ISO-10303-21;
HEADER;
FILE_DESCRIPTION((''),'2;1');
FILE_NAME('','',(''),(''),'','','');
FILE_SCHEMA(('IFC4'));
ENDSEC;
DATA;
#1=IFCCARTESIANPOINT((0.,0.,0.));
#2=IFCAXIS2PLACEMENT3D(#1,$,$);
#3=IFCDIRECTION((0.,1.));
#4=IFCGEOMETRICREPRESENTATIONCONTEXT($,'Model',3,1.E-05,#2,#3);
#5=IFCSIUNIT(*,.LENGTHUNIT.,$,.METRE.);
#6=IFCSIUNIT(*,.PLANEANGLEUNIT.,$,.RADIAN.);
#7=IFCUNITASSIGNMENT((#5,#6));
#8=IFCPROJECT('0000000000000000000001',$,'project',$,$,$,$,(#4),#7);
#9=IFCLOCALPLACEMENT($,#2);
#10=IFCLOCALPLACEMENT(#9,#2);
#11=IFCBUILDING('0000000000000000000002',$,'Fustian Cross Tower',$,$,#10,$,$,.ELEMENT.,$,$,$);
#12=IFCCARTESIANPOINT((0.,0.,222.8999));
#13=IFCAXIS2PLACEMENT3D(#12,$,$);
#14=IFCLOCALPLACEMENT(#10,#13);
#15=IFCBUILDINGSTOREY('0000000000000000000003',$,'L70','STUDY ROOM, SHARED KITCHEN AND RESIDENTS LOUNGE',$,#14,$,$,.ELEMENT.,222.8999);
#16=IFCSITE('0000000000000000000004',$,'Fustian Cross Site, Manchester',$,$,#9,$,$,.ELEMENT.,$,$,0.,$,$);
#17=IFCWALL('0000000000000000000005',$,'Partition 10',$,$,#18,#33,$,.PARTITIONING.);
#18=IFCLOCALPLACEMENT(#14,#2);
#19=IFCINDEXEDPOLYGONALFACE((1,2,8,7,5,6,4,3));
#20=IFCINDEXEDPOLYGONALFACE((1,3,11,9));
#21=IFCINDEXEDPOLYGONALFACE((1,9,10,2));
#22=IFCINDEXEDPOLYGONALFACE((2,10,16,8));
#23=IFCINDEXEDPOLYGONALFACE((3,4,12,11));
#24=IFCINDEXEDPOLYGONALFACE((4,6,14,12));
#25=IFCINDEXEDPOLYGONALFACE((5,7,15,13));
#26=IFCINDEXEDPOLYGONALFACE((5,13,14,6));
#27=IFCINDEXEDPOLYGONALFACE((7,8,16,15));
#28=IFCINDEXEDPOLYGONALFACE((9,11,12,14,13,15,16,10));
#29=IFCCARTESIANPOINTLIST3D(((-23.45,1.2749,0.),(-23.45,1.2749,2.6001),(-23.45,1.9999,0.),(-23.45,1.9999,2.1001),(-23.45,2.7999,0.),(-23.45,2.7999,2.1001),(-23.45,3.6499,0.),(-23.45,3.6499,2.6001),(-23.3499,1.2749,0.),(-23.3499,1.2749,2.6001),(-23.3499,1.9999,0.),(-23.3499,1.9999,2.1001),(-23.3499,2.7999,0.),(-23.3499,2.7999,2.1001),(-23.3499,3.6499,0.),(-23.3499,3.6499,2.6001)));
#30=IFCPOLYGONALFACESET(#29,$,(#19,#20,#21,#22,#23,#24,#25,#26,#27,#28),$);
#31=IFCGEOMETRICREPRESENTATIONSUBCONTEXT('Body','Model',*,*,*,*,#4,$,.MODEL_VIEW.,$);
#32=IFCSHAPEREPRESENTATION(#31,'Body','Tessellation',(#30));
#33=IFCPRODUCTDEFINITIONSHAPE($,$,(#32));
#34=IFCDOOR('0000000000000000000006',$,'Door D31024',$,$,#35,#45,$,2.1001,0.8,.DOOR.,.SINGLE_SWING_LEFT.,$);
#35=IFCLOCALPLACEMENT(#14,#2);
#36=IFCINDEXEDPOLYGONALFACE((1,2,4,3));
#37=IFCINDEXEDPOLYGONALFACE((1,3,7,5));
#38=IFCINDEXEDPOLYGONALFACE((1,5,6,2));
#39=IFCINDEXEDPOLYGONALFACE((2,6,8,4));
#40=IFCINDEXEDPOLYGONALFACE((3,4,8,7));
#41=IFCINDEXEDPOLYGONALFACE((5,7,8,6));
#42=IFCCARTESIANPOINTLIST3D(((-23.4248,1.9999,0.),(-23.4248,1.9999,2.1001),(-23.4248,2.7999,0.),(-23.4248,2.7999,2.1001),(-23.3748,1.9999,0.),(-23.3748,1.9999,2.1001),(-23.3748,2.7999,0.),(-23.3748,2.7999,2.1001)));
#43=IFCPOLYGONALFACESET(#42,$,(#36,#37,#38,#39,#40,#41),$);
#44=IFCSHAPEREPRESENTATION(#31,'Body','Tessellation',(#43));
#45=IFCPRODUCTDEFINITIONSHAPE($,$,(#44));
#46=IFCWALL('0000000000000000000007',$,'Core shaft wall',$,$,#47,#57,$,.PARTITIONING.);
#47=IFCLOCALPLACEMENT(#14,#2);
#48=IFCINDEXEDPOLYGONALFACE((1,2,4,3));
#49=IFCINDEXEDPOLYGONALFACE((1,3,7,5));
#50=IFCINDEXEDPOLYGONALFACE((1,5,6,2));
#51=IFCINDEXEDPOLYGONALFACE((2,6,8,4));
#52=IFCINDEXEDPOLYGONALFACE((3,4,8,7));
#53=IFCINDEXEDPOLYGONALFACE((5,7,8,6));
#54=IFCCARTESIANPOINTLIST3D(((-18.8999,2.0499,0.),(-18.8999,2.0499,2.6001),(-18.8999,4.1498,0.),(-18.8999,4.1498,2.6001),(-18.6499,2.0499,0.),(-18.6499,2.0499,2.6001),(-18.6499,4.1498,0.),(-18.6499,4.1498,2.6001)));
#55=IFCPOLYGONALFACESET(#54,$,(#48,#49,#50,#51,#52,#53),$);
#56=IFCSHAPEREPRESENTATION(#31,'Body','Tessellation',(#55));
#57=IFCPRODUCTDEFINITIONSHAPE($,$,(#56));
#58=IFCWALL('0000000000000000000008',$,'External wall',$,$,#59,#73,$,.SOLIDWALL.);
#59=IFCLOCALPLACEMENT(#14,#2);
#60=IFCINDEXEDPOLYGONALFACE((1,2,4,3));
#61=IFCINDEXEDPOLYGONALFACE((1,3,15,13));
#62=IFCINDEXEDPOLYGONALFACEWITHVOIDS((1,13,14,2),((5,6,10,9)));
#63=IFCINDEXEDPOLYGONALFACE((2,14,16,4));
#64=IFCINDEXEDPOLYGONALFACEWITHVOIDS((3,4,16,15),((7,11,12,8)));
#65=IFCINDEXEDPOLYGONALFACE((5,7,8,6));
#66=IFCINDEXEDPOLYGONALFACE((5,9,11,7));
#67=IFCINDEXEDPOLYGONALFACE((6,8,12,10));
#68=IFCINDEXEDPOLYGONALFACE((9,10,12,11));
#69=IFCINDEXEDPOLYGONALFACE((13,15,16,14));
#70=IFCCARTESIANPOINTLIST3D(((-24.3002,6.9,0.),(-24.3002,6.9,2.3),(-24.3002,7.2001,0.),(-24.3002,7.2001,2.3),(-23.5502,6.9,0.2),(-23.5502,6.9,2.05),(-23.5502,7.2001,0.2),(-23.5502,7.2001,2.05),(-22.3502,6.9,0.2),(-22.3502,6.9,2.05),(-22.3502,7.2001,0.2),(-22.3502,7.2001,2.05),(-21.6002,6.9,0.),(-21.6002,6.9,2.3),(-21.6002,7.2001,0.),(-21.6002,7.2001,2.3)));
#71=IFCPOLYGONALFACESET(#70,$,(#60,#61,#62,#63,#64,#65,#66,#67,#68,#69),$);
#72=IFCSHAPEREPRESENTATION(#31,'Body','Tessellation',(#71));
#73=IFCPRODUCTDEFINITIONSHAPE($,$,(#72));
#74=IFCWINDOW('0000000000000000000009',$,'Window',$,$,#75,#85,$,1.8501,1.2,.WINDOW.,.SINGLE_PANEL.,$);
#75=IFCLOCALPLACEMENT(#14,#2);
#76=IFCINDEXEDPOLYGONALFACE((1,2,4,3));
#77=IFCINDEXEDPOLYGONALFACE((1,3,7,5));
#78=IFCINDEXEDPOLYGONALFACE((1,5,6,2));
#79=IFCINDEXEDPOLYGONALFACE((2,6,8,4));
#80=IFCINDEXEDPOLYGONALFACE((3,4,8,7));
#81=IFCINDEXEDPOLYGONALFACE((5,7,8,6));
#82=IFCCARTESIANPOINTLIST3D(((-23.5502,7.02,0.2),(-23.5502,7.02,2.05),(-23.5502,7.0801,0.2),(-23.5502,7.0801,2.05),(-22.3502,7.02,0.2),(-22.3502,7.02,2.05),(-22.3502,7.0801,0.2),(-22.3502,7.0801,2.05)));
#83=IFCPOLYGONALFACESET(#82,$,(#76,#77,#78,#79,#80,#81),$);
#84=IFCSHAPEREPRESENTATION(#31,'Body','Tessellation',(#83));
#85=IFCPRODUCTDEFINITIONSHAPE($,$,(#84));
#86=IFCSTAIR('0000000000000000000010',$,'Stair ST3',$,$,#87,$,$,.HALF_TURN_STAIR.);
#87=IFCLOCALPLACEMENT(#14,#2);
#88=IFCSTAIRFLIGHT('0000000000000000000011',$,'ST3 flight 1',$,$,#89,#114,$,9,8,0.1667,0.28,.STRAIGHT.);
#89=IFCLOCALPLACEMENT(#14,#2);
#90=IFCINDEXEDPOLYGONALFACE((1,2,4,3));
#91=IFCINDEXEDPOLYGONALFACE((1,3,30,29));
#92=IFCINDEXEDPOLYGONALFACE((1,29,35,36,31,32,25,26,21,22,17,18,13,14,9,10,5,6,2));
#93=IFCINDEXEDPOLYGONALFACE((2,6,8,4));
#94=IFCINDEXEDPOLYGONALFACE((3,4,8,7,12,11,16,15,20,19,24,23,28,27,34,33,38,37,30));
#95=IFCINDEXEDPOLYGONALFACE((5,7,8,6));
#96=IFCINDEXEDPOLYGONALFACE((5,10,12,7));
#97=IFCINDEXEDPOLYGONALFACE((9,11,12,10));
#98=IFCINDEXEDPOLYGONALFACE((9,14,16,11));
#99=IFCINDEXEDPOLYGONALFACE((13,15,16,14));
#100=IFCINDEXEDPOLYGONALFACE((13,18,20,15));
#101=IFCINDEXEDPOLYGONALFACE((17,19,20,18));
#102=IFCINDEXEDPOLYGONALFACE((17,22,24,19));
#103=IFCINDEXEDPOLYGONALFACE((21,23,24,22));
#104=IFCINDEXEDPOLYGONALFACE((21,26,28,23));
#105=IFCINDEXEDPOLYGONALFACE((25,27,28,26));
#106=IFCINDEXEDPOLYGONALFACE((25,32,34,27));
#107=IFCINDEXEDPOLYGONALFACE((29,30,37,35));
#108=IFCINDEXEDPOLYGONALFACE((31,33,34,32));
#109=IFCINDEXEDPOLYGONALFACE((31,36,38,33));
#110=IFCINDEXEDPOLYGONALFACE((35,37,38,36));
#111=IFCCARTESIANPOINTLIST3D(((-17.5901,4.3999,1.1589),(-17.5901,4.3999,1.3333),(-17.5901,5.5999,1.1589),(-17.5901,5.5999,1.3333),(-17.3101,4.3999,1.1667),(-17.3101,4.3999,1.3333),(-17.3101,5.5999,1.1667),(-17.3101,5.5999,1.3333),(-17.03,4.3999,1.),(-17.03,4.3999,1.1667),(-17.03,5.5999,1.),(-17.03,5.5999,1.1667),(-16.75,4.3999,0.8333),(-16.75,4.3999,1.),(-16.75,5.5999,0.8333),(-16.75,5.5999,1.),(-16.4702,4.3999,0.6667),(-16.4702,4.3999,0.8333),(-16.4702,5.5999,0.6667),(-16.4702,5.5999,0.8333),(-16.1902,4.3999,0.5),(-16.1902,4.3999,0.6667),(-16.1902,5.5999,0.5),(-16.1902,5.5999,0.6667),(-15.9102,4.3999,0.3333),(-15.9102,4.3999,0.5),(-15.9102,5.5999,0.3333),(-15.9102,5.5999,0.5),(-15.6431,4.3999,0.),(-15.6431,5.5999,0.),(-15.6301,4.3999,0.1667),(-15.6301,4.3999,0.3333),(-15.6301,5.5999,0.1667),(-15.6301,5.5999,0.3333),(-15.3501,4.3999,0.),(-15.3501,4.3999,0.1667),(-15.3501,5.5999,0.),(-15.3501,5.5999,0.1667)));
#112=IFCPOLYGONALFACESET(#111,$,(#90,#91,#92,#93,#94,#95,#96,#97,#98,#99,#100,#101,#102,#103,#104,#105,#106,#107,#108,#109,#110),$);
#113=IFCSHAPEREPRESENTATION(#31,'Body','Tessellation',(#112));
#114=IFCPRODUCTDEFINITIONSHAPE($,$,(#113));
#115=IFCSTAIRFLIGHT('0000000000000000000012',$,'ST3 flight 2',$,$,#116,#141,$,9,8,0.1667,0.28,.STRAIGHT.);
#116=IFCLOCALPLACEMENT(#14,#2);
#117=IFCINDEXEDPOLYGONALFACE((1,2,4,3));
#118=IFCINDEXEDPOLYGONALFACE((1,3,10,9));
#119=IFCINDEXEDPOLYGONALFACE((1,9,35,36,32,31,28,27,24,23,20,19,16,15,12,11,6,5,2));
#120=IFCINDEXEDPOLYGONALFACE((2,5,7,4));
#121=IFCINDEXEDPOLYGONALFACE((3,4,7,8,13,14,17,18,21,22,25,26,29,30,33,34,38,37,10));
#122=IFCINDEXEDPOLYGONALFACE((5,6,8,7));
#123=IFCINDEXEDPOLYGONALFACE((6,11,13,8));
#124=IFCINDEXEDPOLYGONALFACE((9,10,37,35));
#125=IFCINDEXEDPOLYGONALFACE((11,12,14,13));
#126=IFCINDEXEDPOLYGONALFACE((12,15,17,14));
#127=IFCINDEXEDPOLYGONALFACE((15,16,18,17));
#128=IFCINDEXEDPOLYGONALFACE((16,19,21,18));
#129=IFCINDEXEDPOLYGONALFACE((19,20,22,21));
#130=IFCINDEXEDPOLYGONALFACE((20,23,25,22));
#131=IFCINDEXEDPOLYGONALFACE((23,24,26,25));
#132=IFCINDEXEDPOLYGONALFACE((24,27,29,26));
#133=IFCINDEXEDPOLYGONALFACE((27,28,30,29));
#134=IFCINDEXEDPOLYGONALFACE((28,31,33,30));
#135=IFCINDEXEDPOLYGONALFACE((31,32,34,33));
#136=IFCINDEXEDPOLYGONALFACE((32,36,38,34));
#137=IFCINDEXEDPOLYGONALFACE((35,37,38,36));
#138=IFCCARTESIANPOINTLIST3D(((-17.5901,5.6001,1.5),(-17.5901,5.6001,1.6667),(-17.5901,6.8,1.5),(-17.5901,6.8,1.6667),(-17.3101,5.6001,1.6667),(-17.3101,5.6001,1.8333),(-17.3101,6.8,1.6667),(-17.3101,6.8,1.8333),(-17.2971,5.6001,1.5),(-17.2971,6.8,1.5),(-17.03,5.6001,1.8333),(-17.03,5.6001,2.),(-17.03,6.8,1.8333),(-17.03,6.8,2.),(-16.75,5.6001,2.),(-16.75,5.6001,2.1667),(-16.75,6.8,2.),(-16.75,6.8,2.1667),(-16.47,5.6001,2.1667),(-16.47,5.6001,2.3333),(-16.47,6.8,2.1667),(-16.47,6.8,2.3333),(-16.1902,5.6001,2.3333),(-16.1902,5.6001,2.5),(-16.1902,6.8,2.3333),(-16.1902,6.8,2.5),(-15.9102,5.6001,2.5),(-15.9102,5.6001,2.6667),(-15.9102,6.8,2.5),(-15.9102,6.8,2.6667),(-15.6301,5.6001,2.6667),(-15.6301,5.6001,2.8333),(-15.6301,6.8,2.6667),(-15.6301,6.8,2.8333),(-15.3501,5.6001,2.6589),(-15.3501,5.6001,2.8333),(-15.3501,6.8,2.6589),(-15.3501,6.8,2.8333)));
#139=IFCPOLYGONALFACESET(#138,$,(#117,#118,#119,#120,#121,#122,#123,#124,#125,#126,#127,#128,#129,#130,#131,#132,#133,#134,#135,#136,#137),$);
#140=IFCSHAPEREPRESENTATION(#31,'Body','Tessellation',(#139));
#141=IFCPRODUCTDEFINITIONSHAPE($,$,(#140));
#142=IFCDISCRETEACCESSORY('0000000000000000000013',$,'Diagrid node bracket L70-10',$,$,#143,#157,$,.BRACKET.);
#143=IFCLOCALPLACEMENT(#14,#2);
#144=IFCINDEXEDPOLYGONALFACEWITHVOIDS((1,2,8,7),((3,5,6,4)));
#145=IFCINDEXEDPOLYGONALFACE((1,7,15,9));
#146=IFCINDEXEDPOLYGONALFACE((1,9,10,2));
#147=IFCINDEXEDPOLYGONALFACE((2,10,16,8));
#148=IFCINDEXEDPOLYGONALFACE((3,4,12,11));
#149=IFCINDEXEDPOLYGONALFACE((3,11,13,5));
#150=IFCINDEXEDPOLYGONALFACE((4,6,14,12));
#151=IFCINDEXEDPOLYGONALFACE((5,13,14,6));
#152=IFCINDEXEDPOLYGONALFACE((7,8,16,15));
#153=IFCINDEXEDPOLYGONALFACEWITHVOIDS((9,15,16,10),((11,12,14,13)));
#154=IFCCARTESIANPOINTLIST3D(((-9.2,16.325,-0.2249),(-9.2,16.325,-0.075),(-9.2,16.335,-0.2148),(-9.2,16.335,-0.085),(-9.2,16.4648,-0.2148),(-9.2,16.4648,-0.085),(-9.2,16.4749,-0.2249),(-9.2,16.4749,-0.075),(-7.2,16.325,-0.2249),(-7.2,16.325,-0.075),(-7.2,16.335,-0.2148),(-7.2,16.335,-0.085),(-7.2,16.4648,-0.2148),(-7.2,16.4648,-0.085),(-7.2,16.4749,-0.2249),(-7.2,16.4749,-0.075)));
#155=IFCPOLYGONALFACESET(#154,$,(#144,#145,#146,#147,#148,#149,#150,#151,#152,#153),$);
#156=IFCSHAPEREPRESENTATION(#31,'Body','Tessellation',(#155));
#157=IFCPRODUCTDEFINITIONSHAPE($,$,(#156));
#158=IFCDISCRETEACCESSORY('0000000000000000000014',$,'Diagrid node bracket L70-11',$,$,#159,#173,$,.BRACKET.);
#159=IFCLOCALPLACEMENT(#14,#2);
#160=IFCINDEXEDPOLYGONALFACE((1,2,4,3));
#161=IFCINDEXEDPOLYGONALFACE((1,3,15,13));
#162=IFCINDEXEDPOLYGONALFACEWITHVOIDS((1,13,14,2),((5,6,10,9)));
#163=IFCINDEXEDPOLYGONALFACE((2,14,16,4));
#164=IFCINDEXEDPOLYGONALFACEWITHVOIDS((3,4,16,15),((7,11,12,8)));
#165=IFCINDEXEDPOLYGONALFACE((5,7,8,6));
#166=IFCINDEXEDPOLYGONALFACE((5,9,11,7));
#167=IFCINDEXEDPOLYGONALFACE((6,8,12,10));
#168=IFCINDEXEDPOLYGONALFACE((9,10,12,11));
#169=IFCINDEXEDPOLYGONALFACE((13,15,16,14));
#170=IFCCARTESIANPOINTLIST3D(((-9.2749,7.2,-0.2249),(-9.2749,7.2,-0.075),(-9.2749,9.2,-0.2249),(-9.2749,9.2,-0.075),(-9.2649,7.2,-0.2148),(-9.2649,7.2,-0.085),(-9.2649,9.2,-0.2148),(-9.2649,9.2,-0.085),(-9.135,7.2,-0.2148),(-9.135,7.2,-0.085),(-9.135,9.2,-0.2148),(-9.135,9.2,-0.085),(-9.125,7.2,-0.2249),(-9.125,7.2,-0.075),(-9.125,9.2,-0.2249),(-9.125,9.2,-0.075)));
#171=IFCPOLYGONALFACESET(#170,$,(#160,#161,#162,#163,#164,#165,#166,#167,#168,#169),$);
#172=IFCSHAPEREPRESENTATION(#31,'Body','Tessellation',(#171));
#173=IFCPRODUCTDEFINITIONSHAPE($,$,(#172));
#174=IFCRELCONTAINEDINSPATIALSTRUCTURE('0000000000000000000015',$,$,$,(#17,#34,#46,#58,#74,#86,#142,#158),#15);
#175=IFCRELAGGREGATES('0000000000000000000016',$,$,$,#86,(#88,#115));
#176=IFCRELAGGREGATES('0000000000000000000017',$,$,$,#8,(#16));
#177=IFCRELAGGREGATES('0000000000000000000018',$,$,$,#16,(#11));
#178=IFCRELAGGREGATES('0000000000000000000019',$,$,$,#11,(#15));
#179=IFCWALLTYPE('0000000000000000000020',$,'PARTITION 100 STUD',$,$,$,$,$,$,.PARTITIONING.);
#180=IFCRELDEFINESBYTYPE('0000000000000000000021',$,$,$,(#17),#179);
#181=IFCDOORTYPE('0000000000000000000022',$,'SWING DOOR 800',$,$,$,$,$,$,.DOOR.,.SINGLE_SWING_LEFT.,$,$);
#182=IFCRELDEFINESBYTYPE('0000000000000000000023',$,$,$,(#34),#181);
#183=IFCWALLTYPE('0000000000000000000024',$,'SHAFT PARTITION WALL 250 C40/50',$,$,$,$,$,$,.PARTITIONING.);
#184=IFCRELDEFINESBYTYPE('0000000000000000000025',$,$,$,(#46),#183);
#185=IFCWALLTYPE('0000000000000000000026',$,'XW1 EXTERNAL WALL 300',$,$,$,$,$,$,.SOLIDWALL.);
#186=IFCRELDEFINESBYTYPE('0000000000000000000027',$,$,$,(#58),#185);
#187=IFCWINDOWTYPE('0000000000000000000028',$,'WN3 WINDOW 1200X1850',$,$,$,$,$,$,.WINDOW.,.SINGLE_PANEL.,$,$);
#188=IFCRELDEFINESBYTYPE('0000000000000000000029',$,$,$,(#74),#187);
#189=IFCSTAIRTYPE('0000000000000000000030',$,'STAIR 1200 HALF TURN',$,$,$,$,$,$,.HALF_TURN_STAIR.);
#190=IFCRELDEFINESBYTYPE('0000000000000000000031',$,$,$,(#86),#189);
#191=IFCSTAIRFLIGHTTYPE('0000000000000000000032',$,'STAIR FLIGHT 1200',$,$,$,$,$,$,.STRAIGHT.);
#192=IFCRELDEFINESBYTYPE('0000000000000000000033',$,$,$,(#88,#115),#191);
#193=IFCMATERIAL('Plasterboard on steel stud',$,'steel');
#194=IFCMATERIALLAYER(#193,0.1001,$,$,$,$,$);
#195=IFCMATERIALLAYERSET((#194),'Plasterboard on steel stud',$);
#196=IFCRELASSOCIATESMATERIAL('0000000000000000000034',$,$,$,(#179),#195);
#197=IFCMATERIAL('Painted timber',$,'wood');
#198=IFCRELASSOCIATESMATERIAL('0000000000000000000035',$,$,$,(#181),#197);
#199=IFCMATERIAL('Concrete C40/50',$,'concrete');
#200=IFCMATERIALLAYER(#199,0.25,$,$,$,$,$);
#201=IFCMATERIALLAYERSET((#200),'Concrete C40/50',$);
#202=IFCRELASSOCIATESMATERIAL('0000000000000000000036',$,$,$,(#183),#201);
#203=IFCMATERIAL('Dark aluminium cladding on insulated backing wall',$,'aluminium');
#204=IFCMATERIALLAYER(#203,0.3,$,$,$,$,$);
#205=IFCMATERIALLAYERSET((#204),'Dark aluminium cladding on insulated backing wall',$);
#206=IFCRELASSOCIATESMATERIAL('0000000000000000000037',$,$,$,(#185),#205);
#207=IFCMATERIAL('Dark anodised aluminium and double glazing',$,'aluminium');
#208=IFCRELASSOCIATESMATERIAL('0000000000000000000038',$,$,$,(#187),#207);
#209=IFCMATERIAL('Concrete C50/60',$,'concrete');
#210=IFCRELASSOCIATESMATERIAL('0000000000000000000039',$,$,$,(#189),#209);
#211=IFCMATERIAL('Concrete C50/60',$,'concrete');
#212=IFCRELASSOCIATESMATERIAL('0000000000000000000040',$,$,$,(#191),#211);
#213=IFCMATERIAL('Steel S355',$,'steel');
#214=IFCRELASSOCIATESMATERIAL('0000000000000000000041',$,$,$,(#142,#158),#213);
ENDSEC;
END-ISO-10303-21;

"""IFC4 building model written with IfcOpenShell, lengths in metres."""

from ifc_helpers import new_model, si_unit, direction, frame, frame_2d, origin, origin_2d, place, context, subcontext, project, spatial, polyline, rectangle, hollow_rectangle, outline, extrude, material, layer, layer_set, type_object, element, fill, aggregate, save


model = new_model("IFC4")

# Units and contexts
model_context = context("Model", 3, precision=1e-05, world=origin(), true_north=direction((0.0, 1.0)))
body_context = subcontext(model_context, "Body", "Model", "MODEL_VIEW")
ifc_project = project(units=[si_unit("LENGTHUNIT", "METRE"), si_unit("PLANEANGLEUNIT", "RADIAN")], contexts=[model_context])

# Site, building, storey
site_placement = place(None, origin())
site = spatial("IfcSite", under=ifc_project, at=site_placement, Name="Fustian Cross Site, Manchester", CompositionType="ELEMENT", RefElevation=0.0)
building_placement = place(site_placement, origin())
building = spatial("IfcBuilding", under=site, at=building_placement, Name="Fustian Cross Tower", CompositionType="ELEMENT")
storey_placement = place(building_placement, frame((0.0, 0.0, 222.8999)))
storey = spatial("IfcBuildingStorey", under=building, at=storey_placement, Name="L70", Description="STUDY ROOM, SHARED KITCHEN AND RESIDENTS LOUNGE", CompositionType="ELEMENT", Elevation=222.8999)

# Wall, opening, door
ifc_material_1 = material(Name="Plasterboard on steel stud", Category="steel")
ifc_layer_1 = layer(ifc_material_1, 0.1001)
ifc_layer_set_1 = layer_set([ifc_layer_1], Name="Plasterboard on steel stud")
wall_type_1 = type_object("IfcWallType", Name="PARTITION 100 STUD", PredefinedType="PARTITIONING", material=ifc_layer_set_1)
wall_1_placement = place(storey_placement, frame((-23.3999, 1.2749, 0.0), z_axis=(0.0, 0.0, 1.0), x_axis=(0.0, 1.0, 0.0)))
wall_1 = element("IfcWall", 1, at=wall_1_placement, inside=storey, type_object=wall_type_1, Name="Partition 10", PredefinedType="PARTITIONING", context=body_context, shape_type="SweptSolid", body=[
    extrude(rectangle(XDim=2.375, YDim=0.1001, at=frame_2d((1.1875, 0.0))), origin(), (0.0, 0.0, 1.0), 2.6001),
])
opening_1_placement = place(wall_1_placement, frame((0.7251, 0.0, 0.0)))
opening_1 = element("IfcOpeningElement", 2, at=opening_1_placement, cuts=wall_1, PredefinedType="OPENING", context=body_context, shape_type="SweptSolid", body=[
    extrude(rectangle(XDim=0.8, YDim=2.1001, at=frame_2d((0.3999, 1.05))), frame((0.0, 0.0601, 0.0), z_axis=(0.0, -1.0, 0.0), x_axis=(1.0, 0.0, 0.0)), (0.0, 0.0, 1.0), 0.1201),
])
ifc_material_2 = material(Name="Painted timber", Category="wood")
door_type_1 = type_object("IfcDoorType", Name="SWING DOOR 800", OperationType="SINGLE_SWING_LEFT", PredefinedType="DOOR", material=ifc_material_2)
door_1_placement = place(opening_1_placement, origin())
door_1 = element("IfcDoor", 3, at=door_1_placement, inside=storey, type_object=door_type_1, Name="Door D31024", OperationType="SINGLE_SWING_LEFT", OverallHeight=2.1001, OverallWidth=0.8, PredefinedType="DOOR", context=body_context, shape_type="SweptSolid", body=[
    extrude(rectangle(XDim=0.8, YDim=2.1001, at=frame_2d((0.3999, 1.05))), frame((0.0, 0.0249, 0.0), z_axis=(0.0, -1.0, 0.0), x_axis=(1.0, 0.0, 0.0)), (0.0, 0.0, 1.0), 0.05),
])
fill(opening_1, door_1)

# Wall
ifc_material_3 = material(Name="Concrete C40/50", Category="concrete")
ifc_layer_2 = layer(ifc_material_3, 0.25)
ifc_layer_set_2 = layer_set([ifc_layer_2], Name="Concrete C40/50")
wall_type_2 = type_object("IfcWallType", Name="SHAFT PARTITION WALL 250 C40/50", PredefinedType="PARTITIONING", material=ifc_layer_set_2)
wall_2_placement = place(storey_placement, frame((-18.7749, 2.05, 0.0), z_axis=(0.0, 0.0, 1.0), x_axis=(0.0, 1.0, 0.0)))
element("IfcWall", 4, at=wall_2_placement, inside=storey, type_object=wall_type_2, Name="Core shaft wall", PredefinedType="PARTITIONING", context=body_context, shape_type="SweptSolid", body=[
    extrude(rectangle(XDim=2.0999, YDim=0.25, at=frame_2d((1.0498, 0.0))), origin(), (0.0, 0.0, 1.0), 2.6001),
])

# Wall, opening, window
ifc_material_4 = material(Name="Dark aluminium cladding on insulated backing wall", Category="aluminium")
ifc_layer_3 = layer(ifc_material_4, 0.3)
ifc_layer_set_3 = layer_set([ifc_layer_3], Name="Dark aluminium cladding on insulated backing wall")
wall_type_3 = type_object("IfcWallType", Name="XW1 EXTERNAL WALL 300", PredefinedType="SOLIDWALL", material=ifc_layer_set_3)
wall_3_placement = place(storey_placement, frame((-21.6001, 7.05, 0.0), z_axis=(0.0, 0.0, 1.0), x_axis=(-1.0, 0.0, 0.0)))
wall_3 = element("IfcWall", 5, at=wall_3_placement, inside=storey, type_object=wall_type_3, Name="External wall", PredefinedType="SOLIDWALL", context=body_context, shape_type="SweptSolid", body=[
    extrude(rectangle(XDim=2.7, YDim=0.3, at=frame_2d((1.3501, 0.0))), origin(), (0.0, 0.0, 1.0), 2.3),
])
opening_2_placement = place(wall_3_placement, frame((0.75, 0.0, 0.2)))
opening_2 = element("IfcOpeningElement", 6, at=opening_2_placement, cuts=wall_3, PredefinedType="OPENING", context=body_context, shape_type="SweptSolid", body=[
    extrude(rectangle(XDim=1.2, YDim=1.8501, at=frame_2d((0.6001, 0.925))), frame((0.0, 0.1599, 0.0), z_axis=(0.0, -1.0, 0.0), x_axis=(1.0, 0.0, 0.0)), (0.0, 0.0, 1.0), 0.3201),
])
ifc_material_5 = material(Name="Dark anodised aluminium and double glazing", Category="aluminium")
window_type = type_object("IfcWindowType", Name="WN3 WINDOW 1200X1850", PartitioningType="SINGLE_PANEL", PredefinedType="WINDOW", material=ifc_material_5)
window_placement = place(opening_2_placement, origin())
window = element("IfcWindow", 7, at=window_placement, inside=storey, type_object=window_type, Name="Window", OverallHeight=1.8501, OverallWidth=1.2, PartitioningType="SINGLE_PANEL", PredefinedType="WINDOW", context=body_context, shape_type="SweptSolid", body=[
    extrude(rectangle(XDim=1.2, YDim=1.8501, at=frame_2d((0.6001, 0.925))), frame((0.0, 0.03, 0.0), z_axis=(0.0, -1.0, 0.0), x_axis=(1.0, 0.0, 0.0)), (0.0, 0.0, 1.0), 0.0601),
])
fill(opening_2, window)

# Stair, stair flights
ifc_material_6 = material(Name="Concrete C50/60", Category="concrete")
stair_type = type_object("IfcStairType", Name="STAIR 1200 HALF TURN", PredefinedType="HALF_TURN_STAIR", material=ifc_material_6)
stair_placement = place(storey_placement, origin())
stair = element("IfcStair", 8, at=stair_placement, inside=storey, type_object=stair_type, Name="Stair ST3", PredefinedType="HALF_TURN_STAIR")
ifc_material_7 = material(Name="Concrete C50/60", Category="concrete")
stair_flight_type = type_object("IfcStairFlightType", Name="STAIR FLIGHT 1200", PredefinedType="STRAIGHT", material=ifc_material_7)
stair_flight_1_placement = place(storey_placement, frame((-15.3501, 5.0, 0.0), z_axis=(0.0, 0.0, 1.0), x_axis=(-1.0, 0.0, 0.0)))
stair_flight_1 = element("IfcStairFlight", 9, at=stair_flight_1_placement, type_object=stair_flight_type, Name="ST3 flight 1", NumberOfRisers=9, NumberOfTreads=8, PredefinedType="STRAIGHT", RiserHeight=0.1667, TreadLength=0.28, context=body_context, shape_type="SweptSolid", body=[
    extrude(outline(polyline([(0.0, 0.0), (0.0, 0.1667), (0.28, 0.1667), (0.28, 0.3333), (0.5601, 0.3333), (0.5601, 0.5), (0.8401, 0.5), (0.8401, 0.6667), (1.1201, 0.6667), (1.1201, 0.8333), (1.3999, 0.8333), (1.3999, 1.0), (1.6799, 1.0), (1.6799, 1.1667), (1.96, 1.1667), (1.96, 1.3333), (2.24, 1.3333), (2.24, 1.5), (2.24, 1.1589), (0.293, 0.0), (0.0, 0.0)])), frame((0.0, 0.6001, 0.0), z_axis=(0.0, -1.0, 0.0), x_axis=(1.0, 0.0, 0.0)), (0.0, 0.0, 1.0), 1.2),
])
stair_flight_2_placement = place(storey_placement, frame((-17.5901, 6.2, 1.5), z_axis=(0.0, 0.0, 1.0), x_axis=(1.0, 0.0, 0.0)))
stair_flight_2 = element("IfcStairFlight", 10, at=stair_flight_2_placement, type_object=stair_flight_type, Name="ST3 flight 2", NumberOfRisers=9, NumberOfTreads=8, PredefinedType="STRAIGHT", RiserHeight=0.1667, TreadLength=0.28, context=body_context, shape_type="SweptSolid", body=[
    extrude(outline(polyline([(0.0, 0.0), (0.0, 0.1667), (0.28, 0.1667), (0.28, 0.3333), (0.5601, 0.3333), (0.5601, 0.5), (0.8401, 0.5), (0.8401, 0.6667), (1.1201, 0.6667), (1.1201, 0.8333), (1.3999, 0.8333), (1.3999, 1.0), (1.6799, 1.0), (1.6799, 1.1667), (1.96, 1.1667), (1.96, 1.3333), (2.24, 1.3333), (2.24, 1.5), (2.24, 1.1589), (0.293, 0.0), (0.0, 0.0)])), frame((0.0, 0.6001, 0.0), z_axis=(0.0, -1.0, 0.0), x_axis=(1.0, 0.0, 0.0)), (0.0, 0.0, 1.0), 1.2),
])
aggregate(stair, [stair_flight_1, stair_flight_2])

# Discrete accessories
ifc_material_8 = material(Name="Steel S355", Category="steel")
for number, where, z_axis, x_axis, name in (
    (11, (-9.2, 16.3999, -0.1499), (1.0, 0.0, 0.0), (0.0, 1.0, 0.0), "Diagrid node bracket L70-10"),
    (12, (-9.2, 9.2, -0.1499), (0.0, -1.0, 0.0), (1.0, 0.0, 0.0), "Diagrid node bracket L70-11"),
):
    element("IfcDiscreteAccessory", number, at=place(storey_placement, frame(where, z_axis=z_axis, x_axis=x_axis)), inside=storey, material=ifc_material_8, Name=name, PredefinedType="BRACKET", context=body_context, shape_type="SweptSolid", body=[
        extrude(hollow_rectangle(XDim=0.1499, YDim=0.1499, WallThickness=0.01, at=origin_2d()), origin(), (0.0, 0.0, 1.0), 2.0),
    ])

save(model, "model.ifc")
